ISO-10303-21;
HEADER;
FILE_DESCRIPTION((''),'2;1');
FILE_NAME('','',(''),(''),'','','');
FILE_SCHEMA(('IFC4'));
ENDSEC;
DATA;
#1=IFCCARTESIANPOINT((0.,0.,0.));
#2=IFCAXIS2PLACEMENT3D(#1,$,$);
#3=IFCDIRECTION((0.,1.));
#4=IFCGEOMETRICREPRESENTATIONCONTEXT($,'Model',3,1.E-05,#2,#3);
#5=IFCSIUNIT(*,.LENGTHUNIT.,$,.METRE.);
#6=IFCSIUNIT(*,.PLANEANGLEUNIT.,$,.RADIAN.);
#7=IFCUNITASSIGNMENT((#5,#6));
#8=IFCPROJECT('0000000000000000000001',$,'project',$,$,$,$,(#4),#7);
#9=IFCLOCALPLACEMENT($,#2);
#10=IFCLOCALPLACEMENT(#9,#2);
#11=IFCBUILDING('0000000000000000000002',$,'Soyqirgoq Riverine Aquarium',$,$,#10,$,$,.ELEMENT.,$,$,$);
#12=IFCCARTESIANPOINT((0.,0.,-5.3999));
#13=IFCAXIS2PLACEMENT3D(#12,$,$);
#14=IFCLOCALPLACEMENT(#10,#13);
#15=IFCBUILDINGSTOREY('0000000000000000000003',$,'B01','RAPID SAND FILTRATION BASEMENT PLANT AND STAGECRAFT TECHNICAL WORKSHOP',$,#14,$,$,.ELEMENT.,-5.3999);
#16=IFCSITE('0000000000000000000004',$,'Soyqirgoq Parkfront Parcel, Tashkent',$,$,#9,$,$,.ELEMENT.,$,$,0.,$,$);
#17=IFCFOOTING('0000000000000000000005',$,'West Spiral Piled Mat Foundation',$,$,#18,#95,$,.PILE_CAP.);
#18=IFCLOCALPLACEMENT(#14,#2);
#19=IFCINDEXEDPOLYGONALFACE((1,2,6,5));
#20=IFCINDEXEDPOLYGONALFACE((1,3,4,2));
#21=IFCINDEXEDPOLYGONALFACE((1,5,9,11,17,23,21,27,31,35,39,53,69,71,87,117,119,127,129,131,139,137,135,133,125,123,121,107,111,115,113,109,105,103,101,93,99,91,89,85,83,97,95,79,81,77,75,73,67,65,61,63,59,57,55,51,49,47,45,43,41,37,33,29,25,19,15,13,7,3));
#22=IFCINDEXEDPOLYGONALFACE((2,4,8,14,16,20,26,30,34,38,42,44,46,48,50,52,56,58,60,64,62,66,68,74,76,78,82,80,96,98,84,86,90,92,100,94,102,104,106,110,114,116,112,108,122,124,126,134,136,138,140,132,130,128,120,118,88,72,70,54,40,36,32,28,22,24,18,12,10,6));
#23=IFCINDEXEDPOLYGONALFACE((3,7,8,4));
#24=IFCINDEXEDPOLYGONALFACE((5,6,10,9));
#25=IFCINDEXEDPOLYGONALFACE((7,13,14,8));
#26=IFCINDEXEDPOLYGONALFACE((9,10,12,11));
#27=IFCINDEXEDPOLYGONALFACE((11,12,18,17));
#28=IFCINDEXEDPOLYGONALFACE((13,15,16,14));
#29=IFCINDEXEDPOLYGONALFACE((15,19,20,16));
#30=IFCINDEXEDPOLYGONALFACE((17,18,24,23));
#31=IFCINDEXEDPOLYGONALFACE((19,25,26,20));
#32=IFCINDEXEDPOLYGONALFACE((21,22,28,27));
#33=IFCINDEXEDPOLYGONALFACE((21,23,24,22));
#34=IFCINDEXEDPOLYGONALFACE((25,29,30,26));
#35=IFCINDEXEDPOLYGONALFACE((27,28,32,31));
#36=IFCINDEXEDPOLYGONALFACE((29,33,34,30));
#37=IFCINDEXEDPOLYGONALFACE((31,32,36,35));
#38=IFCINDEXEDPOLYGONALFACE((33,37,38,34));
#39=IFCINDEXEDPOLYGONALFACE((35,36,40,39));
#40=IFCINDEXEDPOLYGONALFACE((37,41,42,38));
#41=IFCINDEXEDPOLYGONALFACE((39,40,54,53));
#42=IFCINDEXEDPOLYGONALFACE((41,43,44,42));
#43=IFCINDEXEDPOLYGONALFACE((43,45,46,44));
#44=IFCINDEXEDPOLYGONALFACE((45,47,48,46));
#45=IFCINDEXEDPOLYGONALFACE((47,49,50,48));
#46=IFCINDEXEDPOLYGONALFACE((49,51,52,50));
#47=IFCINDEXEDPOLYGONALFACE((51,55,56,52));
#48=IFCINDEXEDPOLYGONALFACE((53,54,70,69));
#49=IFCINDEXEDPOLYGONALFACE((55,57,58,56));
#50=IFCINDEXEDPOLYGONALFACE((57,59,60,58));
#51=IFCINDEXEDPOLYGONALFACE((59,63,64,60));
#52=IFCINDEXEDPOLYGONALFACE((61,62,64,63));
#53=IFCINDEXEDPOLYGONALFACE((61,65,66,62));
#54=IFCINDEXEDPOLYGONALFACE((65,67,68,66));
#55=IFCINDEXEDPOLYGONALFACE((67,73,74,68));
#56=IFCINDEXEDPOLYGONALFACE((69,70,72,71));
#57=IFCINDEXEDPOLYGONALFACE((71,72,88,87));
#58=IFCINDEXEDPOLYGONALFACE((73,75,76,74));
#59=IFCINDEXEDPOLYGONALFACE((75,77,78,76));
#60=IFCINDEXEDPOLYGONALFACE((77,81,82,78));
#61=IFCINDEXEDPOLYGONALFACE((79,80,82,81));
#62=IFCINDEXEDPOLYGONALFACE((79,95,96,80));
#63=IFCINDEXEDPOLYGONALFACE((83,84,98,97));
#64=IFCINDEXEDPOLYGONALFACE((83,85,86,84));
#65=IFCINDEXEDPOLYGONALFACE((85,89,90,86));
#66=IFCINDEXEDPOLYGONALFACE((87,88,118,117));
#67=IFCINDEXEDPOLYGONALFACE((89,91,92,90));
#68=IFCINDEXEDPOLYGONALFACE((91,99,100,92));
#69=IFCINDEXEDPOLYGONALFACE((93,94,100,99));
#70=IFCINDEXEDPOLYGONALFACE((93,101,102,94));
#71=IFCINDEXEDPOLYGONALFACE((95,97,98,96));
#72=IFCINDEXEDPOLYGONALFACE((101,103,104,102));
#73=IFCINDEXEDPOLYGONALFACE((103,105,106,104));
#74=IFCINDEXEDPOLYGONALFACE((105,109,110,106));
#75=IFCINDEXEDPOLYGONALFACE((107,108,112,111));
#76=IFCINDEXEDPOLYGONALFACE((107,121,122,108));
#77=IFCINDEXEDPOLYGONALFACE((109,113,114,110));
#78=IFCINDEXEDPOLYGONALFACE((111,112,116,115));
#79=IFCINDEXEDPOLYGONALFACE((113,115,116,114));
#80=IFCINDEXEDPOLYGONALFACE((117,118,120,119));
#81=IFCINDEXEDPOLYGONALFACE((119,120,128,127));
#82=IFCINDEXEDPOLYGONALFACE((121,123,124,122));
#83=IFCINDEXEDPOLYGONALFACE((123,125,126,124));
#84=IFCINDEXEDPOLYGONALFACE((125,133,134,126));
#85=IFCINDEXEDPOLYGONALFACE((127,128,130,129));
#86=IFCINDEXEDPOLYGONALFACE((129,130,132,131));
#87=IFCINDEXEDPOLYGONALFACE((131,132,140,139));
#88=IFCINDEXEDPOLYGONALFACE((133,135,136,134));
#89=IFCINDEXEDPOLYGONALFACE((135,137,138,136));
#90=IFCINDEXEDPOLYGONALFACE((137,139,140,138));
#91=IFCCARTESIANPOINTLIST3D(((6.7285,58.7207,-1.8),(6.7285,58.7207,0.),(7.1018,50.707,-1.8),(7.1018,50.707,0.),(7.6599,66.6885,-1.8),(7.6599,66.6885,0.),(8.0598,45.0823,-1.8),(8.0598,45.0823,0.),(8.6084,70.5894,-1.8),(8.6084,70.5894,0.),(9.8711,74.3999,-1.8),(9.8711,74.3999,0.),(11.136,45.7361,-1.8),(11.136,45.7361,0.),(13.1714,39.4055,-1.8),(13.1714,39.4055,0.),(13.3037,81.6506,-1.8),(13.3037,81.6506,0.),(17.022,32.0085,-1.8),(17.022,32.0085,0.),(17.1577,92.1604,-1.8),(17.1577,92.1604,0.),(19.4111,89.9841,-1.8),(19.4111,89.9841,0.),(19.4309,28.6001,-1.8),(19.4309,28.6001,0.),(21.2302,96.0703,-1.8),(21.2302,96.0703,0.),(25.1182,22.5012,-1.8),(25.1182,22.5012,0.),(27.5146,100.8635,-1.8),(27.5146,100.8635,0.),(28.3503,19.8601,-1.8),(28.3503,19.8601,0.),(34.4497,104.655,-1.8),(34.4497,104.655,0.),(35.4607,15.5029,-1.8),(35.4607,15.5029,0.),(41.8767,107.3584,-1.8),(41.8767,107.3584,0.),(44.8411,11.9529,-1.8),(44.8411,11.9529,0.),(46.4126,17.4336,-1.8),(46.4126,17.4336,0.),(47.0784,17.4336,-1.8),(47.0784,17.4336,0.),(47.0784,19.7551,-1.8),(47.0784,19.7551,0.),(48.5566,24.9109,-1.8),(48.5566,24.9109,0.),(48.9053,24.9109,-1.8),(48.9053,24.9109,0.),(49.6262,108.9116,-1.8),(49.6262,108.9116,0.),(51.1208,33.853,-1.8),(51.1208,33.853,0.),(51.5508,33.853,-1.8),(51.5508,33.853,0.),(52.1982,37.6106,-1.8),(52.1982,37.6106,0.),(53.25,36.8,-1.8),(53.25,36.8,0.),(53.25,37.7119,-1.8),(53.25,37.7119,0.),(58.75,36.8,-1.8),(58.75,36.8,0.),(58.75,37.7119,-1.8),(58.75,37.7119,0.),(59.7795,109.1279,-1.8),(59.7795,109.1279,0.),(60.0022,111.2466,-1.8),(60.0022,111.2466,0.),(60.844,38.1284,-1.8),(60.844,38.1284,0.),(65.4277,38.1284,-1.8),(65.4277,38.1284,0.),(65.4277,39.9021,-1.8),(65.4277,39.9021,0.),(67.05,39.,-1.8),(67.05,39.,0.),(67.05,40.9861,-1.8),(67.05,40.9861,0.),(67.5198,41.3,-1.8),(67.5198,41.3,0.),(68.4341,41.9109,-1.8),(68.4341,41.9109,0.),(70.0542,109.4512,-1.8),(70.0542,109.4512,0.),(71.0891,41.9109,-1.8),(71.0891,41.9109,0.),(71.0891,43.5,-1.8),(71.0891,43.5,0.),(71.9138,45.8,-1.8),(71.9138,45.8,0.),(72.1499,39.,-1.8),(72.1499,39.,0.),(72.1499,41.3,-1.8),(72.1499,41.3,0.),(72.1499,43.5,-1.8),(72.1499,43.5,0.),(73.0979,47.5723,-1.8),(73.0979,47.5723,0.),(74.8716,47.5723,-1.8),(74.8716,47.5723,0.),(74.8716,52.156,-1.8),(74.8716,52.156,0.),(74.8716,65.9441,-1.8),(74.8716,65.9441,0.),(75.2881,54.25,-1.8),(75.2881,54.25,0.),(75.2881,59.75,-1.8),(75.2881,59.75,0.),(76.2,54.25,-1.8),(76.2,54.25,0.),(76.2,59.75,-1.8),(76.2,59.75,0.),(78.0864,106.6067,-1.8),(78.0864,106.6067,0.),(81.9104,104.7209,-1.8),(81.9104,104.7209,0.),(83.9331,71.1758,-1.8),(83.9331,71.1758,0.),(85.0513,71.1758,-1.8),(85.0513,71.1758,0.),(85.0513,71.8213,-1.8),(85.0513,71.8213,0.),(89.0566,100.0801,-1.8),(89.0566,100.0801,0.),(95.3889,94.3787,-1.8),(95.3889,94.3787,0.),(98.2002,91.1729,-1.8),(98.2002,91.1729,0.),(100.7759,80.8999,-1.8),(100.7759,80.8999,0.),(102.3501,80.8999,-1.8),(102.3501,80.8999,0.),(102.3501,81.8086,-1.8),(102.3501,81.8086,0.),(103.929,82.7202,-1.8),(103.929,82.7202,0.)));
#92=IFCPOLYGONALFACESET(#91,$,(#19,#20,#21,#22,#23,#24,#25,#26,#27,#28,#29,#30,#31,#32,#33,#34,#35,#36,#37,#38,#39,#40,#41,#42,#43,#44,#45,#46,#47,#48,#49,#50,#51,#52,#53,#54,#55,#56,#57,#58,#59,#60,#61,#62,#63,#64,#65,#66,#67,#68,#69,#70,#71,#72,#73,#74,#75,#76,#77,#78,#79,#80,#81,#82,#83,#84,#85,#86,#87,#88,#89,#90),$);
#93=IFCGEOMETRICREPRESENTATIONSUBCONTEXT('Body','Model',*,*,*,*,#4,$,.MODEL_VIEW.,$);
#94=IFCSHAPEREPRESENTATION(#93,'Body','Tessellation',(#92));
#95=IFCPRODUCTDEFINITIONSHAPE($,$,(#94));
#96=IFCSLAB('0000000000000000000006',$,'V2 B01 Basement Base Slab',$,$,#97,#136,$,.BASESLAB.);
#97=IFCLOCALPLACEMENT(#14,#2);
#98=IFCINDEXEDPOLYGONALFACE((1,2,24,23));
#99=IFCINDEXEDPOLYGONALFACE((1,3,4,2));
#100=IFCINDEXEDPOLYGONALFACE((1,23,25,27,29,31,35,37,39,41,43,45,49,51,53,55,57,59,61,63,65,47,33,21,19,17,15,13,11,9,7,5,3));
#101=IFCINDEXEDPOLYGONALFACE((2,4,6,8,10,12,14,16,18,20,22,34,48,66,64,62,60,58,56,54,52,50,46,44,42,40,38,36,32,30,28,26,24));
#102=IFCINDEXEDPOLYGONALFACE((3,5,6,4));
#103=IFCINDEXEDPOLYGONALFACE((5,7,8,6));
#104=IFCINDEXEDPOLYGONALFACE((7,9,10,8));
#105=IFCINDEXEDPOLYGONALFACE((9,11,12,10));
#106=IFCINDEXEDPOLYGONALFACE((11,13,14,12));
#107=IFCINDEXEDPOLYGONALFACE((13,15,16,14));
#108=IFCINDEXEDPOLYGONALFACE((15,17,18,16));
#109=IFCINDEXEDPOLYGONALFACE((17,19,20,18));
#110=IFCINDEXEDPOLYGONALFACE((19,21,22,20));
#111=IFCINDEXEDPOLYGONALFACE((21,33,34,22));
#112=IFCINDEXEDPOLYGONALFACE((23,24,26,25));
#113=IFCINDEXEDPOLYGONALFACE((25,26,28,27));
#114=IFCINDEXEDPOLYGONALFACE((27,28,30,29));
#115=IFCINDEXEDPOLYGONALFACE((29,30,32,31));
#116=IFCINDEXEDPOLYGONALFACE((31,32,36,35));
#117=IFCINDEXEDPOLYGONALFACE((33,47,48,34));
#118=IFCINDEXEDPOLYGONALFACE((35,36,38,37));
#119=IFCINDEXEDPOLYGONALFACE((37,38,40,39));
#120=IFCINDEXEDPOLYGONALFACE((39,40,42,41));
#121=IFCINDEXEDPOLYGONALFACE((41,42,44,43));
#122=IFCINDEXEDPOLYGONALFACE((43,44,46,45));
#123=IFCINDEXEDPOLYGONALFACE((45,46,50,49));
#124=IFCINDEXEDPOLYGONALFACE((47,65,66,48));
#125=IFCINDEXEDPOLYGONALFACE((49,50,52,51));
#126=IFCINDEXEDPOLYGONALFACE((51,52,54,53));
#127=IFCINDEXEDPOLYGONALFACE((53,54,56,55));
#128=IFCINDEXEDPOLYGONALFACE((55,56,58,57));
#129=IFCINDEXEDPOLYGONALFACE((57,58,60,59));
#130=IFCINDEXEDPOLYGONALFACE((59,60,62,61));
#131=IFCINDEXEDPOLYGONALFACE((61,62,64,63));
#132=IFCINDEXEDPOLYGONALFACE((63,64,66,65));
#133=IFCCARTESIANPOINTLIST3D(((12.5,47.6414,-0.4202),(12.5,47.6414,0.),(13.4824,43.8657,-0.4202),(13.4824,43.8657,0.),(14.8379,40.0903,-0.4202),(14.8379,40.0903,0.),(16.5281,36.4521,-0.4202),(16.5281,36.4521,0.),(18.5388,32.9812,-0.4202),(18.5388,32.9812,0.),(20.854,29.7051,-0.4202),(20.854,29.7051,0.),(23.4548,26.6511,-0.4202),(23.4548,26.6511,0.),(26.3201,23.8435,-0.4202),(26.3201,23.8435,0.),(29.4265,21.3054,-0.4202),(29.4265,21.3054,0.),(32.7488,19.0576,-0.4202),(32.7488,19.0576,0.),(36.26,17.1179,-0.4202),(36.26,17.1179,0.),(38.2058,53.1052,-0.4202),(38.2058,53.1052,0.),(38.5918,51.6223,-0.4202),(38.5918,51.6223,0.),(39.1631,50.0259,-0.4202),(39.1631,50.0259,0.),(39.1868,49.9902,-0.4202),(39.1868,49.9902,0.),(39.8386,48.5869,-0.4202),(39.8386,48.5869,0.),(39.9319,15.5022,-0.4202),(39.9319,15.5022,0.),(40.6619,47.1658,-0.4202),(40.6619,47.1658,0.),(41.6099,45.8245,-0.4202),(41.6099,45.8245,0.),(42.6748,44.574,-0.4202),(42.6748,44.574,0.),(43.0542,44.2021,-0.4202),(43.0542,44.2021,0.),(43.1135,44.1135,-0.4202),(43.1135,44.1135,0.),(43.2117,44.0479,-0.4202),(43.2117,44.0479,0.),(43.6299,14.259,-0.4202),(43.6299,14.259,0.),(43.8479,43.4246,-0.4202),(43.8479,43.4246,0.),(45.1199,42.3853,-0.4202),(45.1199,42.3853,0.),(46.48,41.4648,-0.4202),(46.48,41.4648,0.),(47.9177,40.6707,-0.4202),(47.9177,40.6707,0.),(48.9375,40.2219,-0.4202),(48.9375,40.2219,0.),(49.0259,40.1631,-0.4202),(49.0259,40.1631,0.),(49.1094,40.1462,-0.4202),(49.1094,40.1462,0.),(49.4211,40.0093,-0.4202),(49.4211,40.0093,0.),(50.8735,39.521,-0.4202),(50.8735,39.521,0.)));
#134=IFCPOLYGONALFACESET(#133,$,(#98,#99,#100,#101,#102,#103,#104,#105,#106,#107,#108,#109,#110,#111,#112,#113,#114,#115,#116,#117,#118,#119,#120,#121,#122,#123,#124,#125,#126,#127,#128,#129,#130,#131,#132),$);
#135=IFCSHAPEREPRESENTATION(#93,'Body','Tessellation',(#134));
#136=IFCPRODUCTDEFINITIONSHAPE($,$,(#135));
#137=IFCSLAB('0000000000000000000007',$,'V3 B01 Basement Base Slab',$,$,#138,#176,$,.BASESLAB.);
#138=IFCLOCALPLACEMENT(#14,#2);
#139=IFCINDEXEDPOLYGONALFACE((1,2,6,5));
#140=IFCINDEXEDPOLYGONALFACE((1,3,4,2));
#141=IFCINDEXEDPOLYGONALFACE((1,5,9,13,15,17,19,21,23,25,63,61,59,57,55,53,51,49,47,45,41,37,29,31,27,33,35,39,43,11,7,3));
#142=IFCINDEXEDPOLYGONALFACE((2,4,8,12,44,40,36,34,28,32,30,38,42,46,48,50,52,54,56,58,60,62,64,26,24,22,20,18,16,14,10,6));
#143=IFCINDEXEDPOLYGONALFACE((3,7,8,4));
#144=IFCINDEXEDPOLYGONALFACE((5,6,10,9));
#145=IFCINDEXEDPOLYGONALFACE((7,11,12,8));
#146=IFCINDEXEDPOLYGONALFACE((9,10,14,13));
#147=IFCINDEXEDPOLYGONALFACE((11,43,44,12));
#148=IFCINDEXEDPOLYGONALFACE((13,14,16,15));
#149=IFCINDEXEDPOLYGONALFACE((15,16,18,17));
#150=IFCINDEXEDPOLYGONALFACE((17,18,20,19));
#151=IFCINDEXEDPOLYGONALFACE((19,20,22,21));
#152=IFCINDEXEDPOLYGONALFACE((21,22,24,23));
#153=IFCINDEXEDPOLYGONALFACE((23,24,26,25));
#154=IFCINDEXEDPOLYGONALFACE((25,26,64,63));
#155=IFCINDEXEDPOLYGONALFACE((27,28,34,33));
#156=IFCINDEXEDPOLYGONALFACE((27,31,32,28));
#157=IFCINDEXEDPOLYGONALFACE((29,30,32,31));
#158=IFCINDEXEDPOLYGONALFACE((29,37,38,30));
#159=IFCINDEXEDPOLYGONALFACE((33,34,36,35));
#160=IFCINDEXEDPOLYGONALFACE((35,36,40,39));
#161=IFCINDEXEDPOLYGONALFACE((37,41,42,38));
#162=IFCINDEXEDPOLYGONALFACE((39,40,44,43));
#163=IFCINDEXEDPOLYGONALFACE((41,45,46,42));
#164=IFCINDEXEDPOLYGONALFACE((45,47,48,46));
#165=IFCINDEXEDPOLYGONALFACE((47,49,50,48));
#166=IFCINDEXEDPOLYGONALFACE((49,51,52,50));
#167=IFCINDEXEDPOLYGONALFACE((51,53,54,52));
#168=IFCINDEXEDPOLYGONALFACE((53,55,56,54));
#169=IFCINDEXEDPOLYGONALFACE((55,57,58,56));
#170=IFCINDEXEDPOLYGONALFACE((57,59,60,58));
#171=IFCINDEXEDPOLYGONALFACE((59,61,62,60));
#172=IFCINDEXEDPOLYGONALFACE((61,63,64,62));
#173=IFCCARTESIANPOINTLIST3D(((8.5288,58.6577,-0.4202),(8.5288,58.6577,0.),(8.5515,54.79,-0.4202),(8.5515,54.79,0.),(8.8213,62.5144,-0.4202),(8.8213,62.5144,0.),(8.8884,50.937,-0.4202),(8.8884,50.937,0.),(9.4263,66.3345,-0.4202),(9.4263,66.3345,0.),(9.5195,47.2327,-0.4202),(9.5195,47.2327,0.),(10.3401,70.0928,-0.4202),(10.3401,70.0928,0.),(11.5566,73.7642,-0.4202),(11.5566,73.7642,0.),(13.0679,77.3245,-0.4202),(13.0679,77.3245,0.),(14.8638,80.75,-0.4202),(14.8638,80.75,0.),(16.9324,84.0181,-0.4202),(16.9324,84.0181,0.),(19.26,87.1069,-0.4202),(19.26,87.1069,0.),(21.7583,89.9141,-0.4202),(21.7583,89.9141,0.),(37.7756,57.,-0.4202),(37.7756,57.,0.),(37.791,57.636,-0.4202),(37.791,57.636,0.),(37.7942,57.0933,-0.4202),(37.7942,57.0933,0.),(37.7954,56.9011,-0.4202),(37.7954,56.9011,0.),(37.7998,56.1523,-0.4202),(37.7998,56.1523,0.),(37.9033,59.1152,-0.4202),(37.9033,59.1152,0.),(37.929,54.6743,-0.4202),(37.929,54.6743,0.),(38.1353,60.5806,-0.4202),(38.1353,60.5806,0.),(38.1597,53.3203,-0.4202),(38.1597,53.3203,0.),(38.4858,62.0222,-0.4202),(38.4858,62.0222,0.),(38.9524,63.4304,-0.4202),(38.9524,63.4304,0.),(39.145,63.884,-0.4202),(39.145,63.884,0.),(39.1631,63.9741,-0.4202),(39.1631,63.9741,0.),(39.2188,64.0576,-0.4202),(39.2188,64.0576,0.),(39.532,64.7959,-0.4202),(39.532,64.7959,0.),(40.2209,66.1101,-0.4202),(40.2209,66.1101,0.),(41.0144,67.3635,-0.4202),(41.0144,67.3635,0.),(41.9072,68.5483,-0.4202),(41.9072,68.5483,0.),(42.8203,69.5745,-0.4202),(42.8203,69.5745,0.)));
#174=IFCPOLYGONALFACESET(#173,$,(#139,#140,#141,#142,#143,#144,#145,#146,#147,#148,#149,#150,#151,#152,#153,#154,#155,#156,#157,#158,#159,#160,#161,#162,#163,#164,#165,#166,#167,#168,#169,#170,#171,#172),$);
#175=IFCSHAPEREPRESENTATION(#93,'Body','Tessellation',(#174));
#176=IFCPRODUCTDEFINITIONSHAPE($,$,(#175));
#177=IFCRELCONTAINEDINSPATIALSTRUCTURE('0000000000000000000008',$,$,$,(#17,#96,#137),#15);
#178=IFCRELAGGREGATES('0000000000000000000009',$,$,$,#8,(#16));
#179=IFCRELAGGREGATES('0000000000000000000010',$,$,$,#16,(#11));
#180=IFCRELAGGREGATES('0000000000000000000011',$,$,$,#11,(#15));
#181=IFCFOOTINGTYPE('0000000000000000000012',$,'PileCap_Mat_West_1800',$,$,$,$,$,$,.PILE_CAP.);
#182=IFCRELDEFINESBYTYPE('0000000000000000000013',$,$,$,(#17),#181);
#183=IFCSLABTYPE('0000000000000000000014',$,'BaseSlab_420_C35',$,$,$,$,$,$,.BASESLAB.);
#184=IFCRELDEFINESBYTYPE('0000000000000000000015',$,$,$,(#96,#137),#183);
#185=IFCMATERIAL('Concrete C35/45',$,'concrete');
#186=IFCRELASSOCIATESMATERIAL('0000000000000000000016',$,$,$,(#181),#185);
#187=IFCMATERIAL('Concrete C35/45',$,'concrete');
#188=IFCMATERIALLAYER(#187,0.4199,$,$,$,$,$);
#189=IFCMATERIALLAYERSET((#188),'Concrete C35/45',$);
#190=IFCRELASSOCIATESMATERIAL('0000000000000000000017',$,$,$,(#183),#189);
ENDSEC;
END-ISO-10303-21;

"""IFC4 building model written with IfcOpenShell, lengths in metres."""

from ifc_helpers import new_model, si_unit, direction, frame, origin, place, context, subcontext, project, spatial, polyline, outline, extrude, material, layer, layer_set, type_object, element, save


model = new_model("IFC4")

# Units and contexts
model_context = context("Model", 3, precision=1e-05, world=origin(), true_north=direction((0.0, 1.0)))
body_context = subcontext(model_context, "Body", "Model", "MODEL_VIEW")
ifc_project = project(units=[si_unit("LENGTHUNIT", "METRE"), si_unit("PLANEANGLEUNIT", "RADIAN")], contexts=[model_context])

# Site, building, storey
site_placement = place(None, origin())
site = spatial("IfcSite", under=ifc_project, at=site_placement, Name="Soyqirgoq Parkfront Parcel, Tashkent", CompositionType="ELEMENT", RefElevation=0.0)
building_placement = place(site_placement, origin())
building = spatial("IfcBuilding", under=site, at=building_placement, Name="Soyqirgoq Riverine Aquarium", CompositionType="ELEMENT")
storey_placement = place(building_placement, frame((0.0, 0.0, -5.3999)))
storey = spatial("IfcBuildingStorey", under=building, at=storey_placement, Name="B01", Description="RAPID SAND FILTRATION BASEMENT PLANT AND STAGECRAFT TECHNICAL WORKSHOP", CompositionType="ELEMENT", Elevation=-5.3999)

# Footing
ifc_material_1 = material(Name="Concrete C35/45", Category="concrete")
footing_type = type_object("IfcFootingType", Name="PileCap_Mat_West_1800", PredefinedType="PILE_CAP", material=ifc_material_1)
footing_placement = place(storey_placement, frame((0.0, 0.0, -1.8)))
element("IfcFooting", 1, at=footing_placement, inside=storey, type_object=footing_type, Name="West Spiral Piled Mat Foundation", PredefinedType="PILE_CAP", context=body_context, shape_type="SweptSolid", body=[
    extrude(outline(polyline([(46.4126, 17.4336), (47.0784, 17.4336), (47.0784, 19.7551), (48.5566, 24.9109), (48.9053, 24.9109), (51.1208, 33.853), (51.5508, 33.853), (52.1982, 37.6106), (53.25, 37.7119), (53.25, 36.8), (58.75, 36.8), (58.75, 37.7119), (60.844, 38.1284), (65.4277, 38.1284), (65.4277, 39.9021), (67.05, 40.9861), (67.05, 39.0), (72.1499, 39.0), (72.1499, 41.3), (67.5198, 41.3), (68.4341, 41.9109), (71.0891, 41.9109), (71.0891, 43.5), (72.1499, 43.5), (71.9138, 45.8), (73.0979, 47.5723), (74.8716, 47.5723), (74.8716, 52.156), (75.2881, 54.25), (76.2, 54.25), (76.2, 59.75), (75.2881, 59.75), (74.8716, 65.9441), (83.9331, 71.1758), (85.0513, 71.1758), (85.0513, 71.8213), (100.7759, 80.8999), (102.3501, 80.8999), (102.3501, 81.8086), (103.929, 82.7202), (98.2002, 91.1729), (95.3889, 94.3787), (89.0566, 100.0801), (81.9104, 104.7209), (78.0864, 106.6067), (70.0542, 109.4512), (60.0022, 111.2466), (59.7795, 109.1279), (49.6262, 108.9116), (41.8767, 107.3584), (34.4497, 104.655), (27.5146, 100.8635), (21.2302, 96.0703), (17.1577, 92.1604), (19.4111, 89.9841), (13.3037, 81.6506), (9.8711, 74.3999), (8.6084, 70.5894), (7.6599, 66.6885), (6.7285, 58.7207), (7.1018, 50.707), (8.0598, 45.0823), (11.136, 45.7361), (13.1714, 39.4055), (17.022, 32.0085), (19.4309, 28.6001), (25.1182, 22.5012), (28.3503, 19.8601), (35.4607, 15.5029), (44.8411, 11.9529), (46.4126, 17.4336)])), origin(), (0.0, 0.0, 1.0), 1.8),
])

# Slabs
ifc_material_2 = material(Name="Concrete C35/45", Category="concrete")
ifc_layer_1 = layer(ifc_material_2, 0.4199)
ifc_layer_set_1 = layer_set([ifc_layer_1], Name="Concrete C35/45")
slab_type_1 = type_object("IfcSlabType", Name="BaseSlab_420_C35", PredefinedType="BASESLAB", material=ifc_layer_set_1)
slab_1_placement = place(storey_placement, frame((0.0, 0.0, -0.4202)))
element("IfcSlab", 2, at=slab_1_placement, inside=storey, type_object=slab_type_1, Name="V2 B01 Basement Base Slab", PredefinedType="BASESLAB", context=body_context, shape_type="SweptSolid", body=[
    extrude(outline(polyline([(38.2058, 53.1052), (12.5, 47.6414), (13.4824, 43.8657), (14.8379, 40.0903), (16.5281, 36.4521), (18.5388, 32.9812), (20.854, 29.7051), (23.4548, 26.6511), (26.3201, 23.8435), (29.4265, 21.3054), (32.7488, 19.0576), (36.26, 17.1179), (39.9319, 15.5022), (43.6299, 14.259), (50.8735, 39.521), (49.4211, 40.0093), (49.1094, 40.1462), (49.0259, 40.1631), (48.9375, 40.2219), (47.9177, 40.6707), (46.48, 41.4648), (45.1199, 42.3853), (43.8479, 43.4246), (43.2117, 44.0479), (43.1135, 44.1135), (43.0542, 44.2021), (42.6748, 44.574), (41.6099, 45.8245), (40.6619, 47.1658), (39.8386, 48.5869), (39.1868, 49.9902), (39.1631, 50.0259), (38.5918, 51.6223), (38.2058, 53.1052)])), origin(), (0.0, 0.0, 1.0), 0.4202),
])
slab_2_placement = place(storey_placement, frame((0.0, 0.0, -0.4202)))
element("IfcSlab", 3, at=slab_2_placement, inside=storey, type_object=slab_type_1, Name="V3 B01 Basement Base Slab", PredefinedType="BASESLAB", context=body_context, shape_type="SweptSolid", body=[
    extrude(outline(polyline([(41.0144, 67.3635), (41.9072, 68.5483), (42.8203, 69.5745), (21.7583, 89.9141), (19.26, 87.1069), (16.9324, 84.0181), (14.8638, 80.75), (13.0679, 77.3245), (11.5566, 73.7642), (10.3401, 70.0928), (9.4263, 66.3345), (8.8213, 62.5144), (8.5288, 58.6577), (8.5515, 54.79), (8.8884, 50.937), (9.5195, 47.2327), (38.1597, 53.3203), (37.929, 54.6743), (37.7998, 56.1523), (37.7954, 56.9011), (37.7756, 57.0), (37.7942, 57.0933), (37.791, 57.636), (37.9033, 59.1152), (38.1353, 60.5806), (38.4858, 62.0222), (38.9524, 63.4304), (39.145, 63.884), (39.1631, 63.9741), (39.2188, 64.0576), (39.532, 64.7959), (40.2209, 66.1101), (41.0144, 67.3635)])), origin(), (0.0, 0.0, 1.0), 0.4202),
])

save(model, "model.ifc")
